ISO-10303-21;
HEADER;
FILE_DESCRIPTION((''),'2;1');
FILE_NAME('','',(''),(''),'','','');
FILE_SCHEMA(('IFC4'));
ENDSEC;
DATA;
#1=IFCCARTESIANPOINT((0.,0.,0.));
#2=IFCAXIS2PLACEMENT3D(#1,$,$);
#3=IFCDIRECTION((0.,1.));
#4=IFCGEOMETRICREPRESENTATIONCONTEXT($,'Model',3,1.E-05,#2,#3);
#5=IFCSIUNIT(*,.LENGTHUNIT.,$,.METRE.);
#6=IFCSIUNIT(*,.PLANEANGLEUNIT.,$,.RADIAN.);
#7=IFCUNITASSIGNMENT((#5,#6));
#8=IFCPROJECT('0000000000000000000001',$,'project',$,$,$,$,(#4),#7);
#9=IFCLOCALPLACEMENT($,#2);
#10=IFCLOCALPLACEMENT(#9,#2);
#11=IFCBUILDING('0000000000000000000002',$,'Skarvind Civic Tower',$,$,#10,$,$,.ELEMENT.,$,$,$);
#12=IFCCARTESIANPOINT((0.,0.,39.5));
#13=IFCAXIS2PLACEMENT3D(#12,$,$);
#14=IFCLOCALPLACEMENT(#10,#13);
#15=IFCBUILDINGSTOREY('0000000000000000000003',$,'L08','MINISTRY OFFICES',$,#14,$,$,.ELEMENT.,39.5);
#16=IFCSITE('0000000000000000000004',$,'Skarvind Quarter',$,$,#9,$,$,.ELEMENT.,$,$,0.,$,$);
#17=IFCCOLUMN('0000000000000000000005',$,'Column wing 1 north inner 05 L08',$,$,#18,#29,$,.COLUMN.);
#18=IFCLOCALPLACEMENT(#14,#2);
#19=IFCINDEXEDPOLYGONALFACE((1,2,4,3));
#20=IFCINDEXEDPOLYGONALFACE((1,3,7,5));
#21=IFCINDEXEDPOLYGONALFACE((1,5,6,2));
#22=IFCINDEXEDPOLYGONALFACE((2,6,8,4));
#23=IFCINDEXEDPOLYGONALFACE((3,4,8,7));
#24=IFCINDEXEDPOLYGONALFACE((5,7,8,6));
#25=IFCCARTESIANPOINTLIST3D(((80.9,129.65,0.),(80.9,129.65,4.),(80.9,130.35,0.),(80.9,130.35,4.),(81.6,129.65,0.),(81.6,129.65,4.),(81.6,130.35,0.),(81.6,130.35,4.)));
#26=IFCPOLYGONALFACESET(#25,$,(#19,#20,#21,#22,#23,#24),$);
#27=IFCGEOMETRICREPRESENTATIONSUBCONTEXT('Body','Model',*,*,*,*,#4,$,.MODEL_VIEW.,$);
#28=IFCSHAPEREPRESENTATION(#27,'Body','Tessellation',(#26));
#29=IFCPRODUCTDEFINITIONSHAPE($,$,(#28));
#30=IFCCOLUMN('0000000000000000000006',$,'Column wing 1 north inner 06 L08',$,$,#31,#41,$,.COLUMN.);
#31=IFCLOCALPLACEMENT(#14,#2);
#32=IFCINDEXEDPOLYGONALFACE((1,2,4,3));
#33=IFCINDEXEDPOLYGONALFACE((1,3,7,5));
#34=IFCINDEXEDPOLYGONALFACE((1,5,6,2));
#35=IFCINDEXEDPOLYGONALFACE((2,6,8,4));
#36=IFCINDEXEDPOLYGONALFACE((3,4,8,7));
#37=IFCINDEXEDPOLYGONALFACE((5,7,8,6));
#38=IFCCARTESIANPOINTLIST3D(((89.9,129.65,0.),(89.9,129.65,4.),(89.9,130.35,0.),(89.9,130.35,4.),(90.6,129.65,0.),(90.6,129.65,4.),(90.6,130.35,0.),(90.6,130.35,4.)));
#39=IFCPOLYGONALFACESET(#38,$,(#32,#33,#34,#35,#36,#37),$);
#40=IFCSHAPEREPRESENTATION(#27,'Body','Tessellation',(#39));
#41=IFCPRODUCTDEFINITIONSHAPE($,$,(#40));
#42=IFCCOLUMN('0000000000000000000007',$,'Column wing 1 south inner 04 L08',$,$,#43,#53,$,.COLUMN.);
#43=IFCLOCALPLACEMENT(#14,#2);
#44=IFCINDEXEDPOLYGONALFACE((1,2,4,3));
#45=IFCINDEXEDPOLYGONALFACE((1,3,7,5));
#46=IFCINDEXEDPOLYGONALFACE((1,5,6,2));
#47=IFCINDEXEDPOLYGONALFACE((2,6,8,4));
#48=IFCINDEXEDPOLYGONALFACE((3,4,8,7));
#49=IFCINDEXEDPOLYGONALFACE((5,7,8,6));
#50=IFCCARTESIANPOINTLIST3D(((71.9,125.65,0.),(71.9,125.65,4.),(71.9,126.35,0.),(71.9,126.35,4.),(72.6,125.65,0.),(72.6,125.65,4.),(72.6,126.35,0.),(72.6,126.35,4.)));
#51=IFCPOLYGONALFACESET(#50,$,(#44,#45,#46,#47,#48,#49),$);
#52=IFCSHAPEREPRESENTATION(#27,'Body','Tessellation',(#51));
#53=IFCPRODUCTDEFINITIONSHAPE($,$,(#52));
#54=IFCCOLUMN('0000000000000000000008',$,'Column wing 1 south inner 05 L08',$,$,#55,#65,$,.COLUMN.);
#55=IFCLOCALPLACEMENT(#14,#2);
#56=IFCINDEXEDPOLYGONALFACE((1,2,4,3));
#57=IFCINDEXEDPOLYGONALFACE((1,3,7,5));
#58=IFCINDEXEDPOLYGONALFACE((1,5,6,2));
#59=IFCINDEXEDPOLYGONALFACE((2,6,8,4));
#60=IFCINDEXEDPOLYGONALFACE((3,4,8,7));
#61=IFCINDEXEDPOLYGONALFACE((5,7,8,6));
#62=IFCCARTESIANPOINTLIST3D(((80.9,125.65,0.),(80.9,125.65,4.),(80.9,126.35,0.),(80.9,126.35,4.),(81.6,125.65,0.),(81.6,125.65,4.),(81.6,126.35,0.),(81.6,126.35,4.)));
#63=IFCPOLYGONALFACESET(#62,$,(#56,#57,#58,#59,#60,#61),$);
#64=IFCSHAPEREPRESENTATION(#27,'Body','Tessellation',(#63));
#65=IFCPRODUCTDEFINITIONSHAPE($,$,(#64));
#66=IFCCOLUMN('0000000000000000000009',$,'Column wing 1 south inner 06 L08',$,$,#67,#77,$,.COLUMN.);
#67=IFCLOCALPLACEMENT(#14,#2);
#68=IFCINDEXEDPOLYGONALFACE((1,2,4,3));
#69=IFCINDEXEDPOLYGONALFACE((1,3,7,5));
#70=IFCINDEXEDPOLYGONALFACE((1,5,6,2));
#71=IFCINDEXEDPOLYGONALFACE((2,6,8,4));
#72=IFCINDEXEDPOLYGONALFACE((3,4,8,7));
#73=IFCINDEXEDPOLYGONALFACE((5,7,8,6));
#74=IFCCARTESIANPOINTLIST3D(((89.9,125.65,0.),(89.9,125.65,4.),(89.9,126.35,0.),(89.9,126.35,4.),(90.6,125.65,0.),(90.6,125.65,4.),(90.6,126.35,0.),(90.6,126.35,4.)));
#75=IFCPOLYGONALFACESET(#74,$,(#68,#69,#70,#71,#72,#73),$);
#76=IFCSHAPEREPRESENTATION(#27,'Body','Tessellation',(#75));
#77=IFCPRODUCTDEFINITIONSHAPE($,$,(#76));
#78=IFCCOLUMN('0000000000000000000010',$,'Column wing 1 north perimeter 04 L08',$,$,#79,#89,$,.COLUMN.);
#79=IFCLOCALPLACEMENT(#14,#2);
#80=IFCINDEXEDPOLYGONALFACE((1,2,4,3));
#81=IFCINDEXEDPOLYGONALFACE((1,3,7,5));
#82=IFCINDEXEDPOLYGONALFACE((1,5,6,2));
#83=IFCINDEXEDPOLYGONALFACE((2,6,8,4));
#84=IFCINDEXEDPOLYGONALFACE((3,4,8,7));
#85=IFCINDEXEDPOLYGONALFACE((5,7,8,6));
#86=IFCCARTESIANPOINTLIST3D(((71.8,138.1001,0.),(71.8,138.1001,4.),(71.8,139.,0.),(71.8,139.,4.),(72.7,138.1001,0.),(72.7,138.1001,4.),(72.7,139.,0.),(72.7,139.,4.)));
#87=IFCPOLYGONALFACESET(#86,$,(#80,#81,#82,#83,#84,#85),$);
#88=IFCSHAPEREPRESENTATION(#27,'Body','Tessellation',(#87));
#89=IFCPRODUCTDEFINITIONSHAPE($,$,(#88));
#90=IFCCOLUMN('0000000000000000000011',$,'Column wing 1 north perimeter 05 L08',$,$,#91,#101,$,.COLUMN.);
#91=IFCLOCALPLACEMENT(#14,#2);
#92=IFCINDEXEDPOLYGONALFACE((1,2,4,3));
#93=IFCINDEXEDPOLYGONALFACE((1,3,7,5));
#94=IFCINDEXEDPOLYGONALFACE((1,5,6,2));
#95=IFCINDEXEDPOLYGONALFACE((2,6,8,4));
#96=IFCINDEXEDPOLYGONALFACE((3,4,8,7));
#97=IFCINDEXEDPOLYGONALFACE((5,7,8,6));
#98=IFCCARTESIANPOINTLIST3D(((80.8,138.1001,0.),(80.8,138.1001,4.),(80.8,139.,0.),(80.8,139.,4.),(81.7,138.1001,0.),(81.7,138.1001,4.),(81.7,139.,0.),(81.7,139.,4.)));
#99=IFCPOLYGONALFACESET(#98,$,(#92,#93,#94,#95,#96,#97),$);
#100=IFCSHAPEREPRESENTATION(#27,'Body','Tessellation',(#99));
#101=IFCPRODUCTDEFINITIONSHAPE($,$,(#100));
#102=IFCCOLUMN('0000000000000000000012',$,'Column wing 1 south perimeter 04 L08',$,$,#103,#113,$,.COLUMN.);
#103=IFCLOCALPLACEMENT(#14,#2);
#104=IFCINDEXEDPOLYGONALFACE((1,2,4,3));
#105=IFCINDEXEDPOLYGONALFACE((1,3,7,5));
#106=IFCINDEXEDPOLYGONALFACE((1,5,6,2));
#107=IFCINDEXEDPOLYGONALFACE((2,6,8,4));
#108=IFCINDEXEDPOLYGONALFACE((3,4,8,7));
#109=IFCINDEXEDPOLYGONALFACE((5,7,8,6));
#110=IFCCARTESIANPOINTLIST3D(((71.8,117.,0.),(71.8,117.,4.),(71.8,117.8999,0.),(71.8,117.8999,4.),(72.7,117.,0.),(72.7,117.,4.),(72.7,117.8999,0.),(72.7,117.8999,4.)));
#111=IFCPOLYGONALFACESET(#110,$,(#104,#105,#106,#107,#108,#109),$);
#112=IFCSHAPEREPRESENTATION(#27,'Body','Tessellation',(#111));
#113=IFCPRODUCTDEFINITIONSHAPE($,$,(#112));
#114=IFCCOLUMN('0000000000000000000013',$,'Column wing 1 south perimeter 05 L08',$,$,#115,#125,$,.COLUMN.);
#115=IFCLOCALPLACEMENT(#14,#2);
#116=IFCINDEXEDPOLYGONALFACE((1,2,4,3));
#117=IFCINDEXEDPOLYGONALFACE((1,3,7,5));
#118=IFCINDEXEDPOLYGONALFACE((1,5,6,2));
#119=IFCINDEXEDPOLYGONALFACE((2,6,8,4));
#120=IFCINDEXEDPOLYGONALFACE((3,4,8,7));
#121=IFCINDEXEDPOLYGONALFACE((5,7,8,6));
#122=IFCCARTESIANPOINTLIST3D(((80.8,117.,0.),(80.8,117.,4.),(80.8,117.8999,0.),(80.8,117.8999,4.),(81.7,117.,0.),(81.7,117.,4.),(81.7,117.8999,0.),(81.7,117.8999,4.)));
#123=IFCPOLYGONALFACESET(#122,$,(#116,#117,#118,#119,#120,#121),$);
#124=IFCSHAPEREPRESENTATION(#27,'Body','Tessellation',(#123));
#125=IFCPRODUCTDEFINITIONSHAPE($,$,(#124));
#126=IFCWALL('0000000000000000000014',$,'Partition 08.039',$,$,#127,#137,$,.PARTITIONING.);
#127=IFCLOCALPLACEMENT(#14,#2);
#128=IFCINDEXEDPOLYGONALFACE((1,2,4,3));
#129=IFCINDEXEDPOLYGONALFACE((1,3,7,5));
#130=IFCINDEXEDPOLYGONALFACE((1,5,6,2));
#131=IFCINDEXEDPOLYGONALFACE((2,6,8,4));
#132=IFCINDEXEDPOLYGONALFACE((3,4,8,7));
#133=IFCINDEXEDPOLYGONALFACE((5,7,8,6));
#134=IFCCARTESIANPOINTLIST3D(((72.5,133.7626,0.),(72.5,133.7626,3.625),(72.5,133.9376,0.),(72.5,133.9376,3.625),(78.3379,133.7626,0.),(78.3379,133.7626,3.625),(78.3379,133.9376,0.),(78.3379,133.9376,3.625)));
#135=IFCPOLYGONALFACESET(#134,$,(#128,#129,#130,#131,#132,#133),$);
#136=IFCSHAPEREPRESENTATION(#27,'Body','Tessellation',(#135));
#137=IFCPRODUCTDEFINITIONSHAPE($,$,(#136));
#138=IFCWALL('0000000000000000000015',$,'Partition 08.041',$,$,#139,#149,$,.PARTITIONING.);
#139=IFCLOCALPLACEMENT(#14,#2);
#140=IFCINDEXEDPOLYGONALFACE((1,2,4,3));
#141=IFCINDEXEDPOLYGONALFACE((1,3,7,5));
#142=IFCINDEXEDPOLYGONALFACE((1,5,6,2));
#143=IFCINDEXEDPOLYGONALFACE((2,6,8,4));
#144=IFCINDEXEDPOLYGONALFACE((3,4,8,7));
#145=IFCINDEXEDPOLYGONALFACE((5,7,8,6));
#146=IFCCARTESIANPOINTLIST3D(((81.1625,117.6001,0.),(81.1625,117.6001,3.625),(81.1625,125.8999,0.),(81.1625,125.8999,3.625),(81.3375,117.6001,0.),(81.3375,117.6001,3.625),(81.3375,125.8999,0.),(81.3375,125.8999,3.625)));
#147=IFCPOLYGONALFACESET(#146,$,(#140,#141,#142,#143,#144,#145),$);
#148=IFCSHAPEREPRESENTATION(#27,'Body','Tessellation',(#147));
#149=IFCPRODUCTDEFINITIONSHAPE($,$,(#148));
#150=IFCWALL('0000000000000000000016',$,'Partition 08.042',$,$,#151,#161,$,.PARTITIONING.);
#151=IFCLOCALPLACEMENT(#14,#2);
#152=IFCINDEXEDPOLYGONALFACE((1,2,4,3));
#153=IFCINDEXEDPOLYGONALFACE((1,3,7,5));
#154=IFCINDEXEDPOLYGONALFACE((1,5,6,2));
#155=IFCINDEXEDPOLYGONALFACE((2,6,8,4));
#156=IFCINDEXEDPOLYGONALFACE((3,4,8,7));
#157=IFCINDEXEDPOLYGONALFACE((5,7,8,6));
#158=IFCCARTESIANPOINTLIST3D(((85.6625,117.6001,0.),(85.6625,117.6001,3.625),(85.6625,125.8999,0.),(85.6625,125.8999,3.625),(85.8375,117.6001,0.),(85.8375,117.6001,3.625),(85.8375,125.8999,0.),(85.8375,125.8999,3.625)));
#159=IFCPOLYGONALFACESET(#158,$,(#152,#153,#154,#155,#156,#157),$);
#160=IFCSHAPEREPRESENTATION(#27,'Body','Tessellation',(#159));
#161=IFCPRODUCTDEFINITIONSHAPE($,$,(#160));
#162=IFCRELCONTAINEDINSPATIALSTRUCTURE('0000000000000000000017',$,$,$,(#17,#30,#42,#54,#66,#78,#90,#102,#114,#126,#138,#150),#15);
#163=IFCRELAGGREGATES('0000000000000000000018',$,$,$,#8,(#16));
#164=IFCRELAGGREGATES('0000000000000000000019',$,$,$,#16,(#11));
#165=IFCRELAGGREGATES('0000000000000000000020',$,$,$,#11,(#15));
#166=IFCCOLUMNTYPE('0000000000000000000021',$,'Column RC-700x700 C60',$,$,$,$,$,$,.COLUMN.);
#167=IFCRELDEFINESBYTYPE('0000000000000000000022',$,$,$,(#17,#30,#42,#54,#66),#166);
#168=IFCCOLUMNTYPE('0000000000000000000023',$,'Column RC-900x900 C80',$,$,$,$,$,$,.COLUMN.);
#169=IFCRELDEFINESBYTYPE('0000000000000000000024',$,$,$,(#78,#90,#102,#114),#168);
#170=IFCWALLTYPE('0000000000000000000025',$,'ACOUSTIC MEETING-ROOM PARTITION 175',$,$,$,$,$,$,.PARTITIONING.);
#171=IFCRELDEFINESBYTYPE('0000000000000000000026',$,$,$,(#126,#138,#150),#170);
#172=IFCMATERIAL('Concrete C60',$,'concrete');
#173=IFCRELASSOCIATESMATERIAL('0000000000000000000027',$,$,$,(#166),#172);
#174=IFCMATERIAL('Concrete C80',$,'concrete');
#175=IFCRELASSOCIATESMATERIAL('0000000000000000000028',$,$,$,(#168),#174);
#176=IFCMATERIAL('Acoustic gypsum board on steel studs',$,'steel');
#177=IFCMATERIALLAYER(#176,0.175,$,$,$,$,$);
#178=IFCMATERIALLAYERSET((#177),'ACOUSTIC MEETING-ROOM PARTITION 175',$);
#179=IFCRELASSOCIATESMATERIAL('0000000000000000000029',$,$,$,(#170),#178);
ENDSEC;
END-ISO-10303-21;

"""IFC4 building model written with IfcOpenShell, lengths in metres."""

from ifc_helpers import new_model, si_unit, direction, frame, frame_2d, origin, origin_2d, place, context, subcontext, project, spatial, rectangle, extrude, material, layer, layer_set, material_profile, profile_set, type_object, element, save


model = new_model("IFC4")

# Units and contexts
model_context = context("Model", 3, precision=1e-05, world=origin(), true_north=direction((0.0, 1.0)))
body_context = subcontext(model_context, "Body", "Model", "MODEL_VIEW")
ifc_project = project(units=[si_unit("LENGTHUNIT", "METRE"), si_unit("PLANEANGLEUNIT", "RADIAN")], contexts=[model_context])

# Site, building, storey
site_placement = place(None, origin())
site = spatial("IfcSite", under=ifc_project, at=site_placement, Name="Skarvind Quarter", CompositionType="ELEMENT", RefElevation=0.0)
building_placement = place(site_placement, origin())
building = spatial("IfcBuilding", under=site, at=building_placement, Name="Skarvind Civic Tower", CompositionType="ELEMENT")
storey_placement = place(building_placement, frame((0.0, 0.0, 39.5)))
storey = spatial("IfcBuildingStorey", under=building, at=storey_placement, Name="L08", Description="MINISTRY OFFICES", CompositionType="ELEMENT", Elevation=39.5)

# Columns
ifc_material_1 = material(Name="Concrete C60", Category="concrete")
ifc_material_profile_1 = material_profile(ifc_material_1, rectangle(XDim=0.7, YDim=0.7, at=origin_2d()), Name="RC-700x700")
ifc_profile_set_1 = profile_set([ifc_material_profile_1], Name="Concrete C60")
column_type_1 = type_object("IfcColumnType", Name="Column RC-700x700 C60", PredefinedType="COLUMN", material=ifc_profile_set_1)
for number, where, z_axis, x_axis, name in (
    (1, (81.25, 130.0, 0.0), (0.0, 0.0, 1.0), (1.0, 0.0, 0.0), "Column wing 1 north inner 05 L08"),
    (2, (90.25, 130.0, 0.0), (0.0, 0.0, 1.0), (1.0, 0.0, 0.0), "Column wing 1 north inner 06 L08"),
    (3, (72.25, 126.0, 0.0), (0.0, 0.0, 1.0), (1.0, 0.0, 0.0), "Column wing 1 south inner 04 L08"),
    (4, (81.25, 126.0, 0.0), (0.0, 0.0, 1.0), (1.0, 0.0, 0.0), "Column wing 1 south inner 05 L08"),
    (5, (90.25, 126.0, 0.0), (0.0, 0.0, 1.0), (1.0, 0.0, 0.0), "Column wing 1 south inner 06 L08"),
):
    element("IfcColumn", number, at=place(storey_placement, frame(where, z_axis=z_axis, x_axis=x_axis)), inside=storey, type_object=column_type_1, Name=name, PredefinedType="COLUMN", context=body_context, shape_type="SweptSolid", body=[
        extrude(rectangle(XDim=0.7, YDim=0.7, at=origin_2d()), origin(), (0.0, 0.0, 1.0), 4.0),
    ])
ifc_material_2 = material(Name="Concrete C80", Category="concrete")
ifc_material_profile_2 = material_profile(ifc_material_2, rectangle(XDim=0.8999, YDim=0.8999, at=origin_2d()), Name="RC-900x900")
ifc_profile_set_2 = profile_set([ifc_material_profile_2], Name="Concrete C80")
column_type_2 = type_object("IfcColumnType", Name="Column RC-900x900 C80", PredefinedType="COLUMN", material=ifc_profile_set_2)
for number, where, z_axis, x_axis, name in (
    (6, (72.25, 138.55, 0.0), (0.0, 0.0, 1.0), (1.0, 0.0, 0.0), "Column wing 1 north perimeter 04 L08"),
    (7, (81.25, 138.55, 0.0), (0.0, 0.0, 1.0), (1.0, 0.0, 0.0), "Column wing 1 north perimeter 05 L08"),
    (8, (72.25, 117.45, 0.0), (0.0, 0.0, 1.0), (1.0, 0.0, 0.0), "Column wing 1 south perimeter 04 L08"),
    (9, (81.25, 117.45, 0.0), (0.0, 0.0, 1.0), (1.0, 0.0, 0.0), "Column wing 1 south perimeter 05 L08"),
):
    element("IfcColumn", number, at=place(storey_placement, frame(where, z_axis=z_axis, x_axis=x_axis)), inside=storey, type_object=column_type_2, Name=name, PredefinedType="COLUMN", context=body_context, shape_type="SweptSolid", body=[
        extrude(rectangle(XDim=0.8999, YDim=0.8999, at=origin_2d()), origin(), (0.0, 0.0, 1.0), 4.0),
    ])

# Walls
ifc_material_3 = material(Name="Acoustic gypsum board on steel studs", Category="steel")
ifc_layer_1 = layer(ifc_material_3, 0.175)
ifc_layer_set_1 = layer_set([ifc_layer_1], Name="ACOUSTIC MEETING-ROOM PARTITION 175")
wall_type_1 = type_object("IfcWallType", Name="ACOUSTIC MEETING-ROOM PARTITION 175", PredefinedType="PARTITIONING", material=ifc_layer_set_1)
wall_1_placement = place(storey_placement, frame((72.5, 133.8501, 0.0), z_axis=(0.0, 0.0, 1.0), x_axis=(1.0, 0.0, 0.0)))
element("IfcWall", 10, at=wall_1_placement, inside=storey, type_object=wall_type_1, Name="Partition 08.039", PredefinedType="PARTITIONING", context=body_context, shape_type="SweptSolid", body=[
    extrude(rectangle(XDim=5.8379, YDim=0.175, at=frame_2d((2.9189, 0.0))), origin(), (0.0, 0.0, 1.0), 3.625),
])
for number, where, z_axis, x_axis, name in (
    (11, (81.25, 117.6001, 0.0), (0.0, 0.0, 1.0), (0.0, 1.0, 0.0), "Partition 08.041"),
    (12, (85.75, 117.6001, 0.0), (0.0, 0.0, 1.0), (0.0, 1.0, 0.0), "Partition 08.042"),
):
    element("IfcWall", number, at=place(storey_placement, frame(where, z_axis=z_axis, x_axis=x_axis)), inside=storey, type_object=wall_type_1, Name=name, PredefinedType="PARTITIONING", context=body_context, shape_type="SweptSolid", body=[
        extrude(rectangle(XDim=8.2998, YDim=0.175, at=frame_2d((4.1499, 0.0))), origin(), (0.0, 0.0, 1.0), 3.625),
    ])

save(model, "model.ifc")
